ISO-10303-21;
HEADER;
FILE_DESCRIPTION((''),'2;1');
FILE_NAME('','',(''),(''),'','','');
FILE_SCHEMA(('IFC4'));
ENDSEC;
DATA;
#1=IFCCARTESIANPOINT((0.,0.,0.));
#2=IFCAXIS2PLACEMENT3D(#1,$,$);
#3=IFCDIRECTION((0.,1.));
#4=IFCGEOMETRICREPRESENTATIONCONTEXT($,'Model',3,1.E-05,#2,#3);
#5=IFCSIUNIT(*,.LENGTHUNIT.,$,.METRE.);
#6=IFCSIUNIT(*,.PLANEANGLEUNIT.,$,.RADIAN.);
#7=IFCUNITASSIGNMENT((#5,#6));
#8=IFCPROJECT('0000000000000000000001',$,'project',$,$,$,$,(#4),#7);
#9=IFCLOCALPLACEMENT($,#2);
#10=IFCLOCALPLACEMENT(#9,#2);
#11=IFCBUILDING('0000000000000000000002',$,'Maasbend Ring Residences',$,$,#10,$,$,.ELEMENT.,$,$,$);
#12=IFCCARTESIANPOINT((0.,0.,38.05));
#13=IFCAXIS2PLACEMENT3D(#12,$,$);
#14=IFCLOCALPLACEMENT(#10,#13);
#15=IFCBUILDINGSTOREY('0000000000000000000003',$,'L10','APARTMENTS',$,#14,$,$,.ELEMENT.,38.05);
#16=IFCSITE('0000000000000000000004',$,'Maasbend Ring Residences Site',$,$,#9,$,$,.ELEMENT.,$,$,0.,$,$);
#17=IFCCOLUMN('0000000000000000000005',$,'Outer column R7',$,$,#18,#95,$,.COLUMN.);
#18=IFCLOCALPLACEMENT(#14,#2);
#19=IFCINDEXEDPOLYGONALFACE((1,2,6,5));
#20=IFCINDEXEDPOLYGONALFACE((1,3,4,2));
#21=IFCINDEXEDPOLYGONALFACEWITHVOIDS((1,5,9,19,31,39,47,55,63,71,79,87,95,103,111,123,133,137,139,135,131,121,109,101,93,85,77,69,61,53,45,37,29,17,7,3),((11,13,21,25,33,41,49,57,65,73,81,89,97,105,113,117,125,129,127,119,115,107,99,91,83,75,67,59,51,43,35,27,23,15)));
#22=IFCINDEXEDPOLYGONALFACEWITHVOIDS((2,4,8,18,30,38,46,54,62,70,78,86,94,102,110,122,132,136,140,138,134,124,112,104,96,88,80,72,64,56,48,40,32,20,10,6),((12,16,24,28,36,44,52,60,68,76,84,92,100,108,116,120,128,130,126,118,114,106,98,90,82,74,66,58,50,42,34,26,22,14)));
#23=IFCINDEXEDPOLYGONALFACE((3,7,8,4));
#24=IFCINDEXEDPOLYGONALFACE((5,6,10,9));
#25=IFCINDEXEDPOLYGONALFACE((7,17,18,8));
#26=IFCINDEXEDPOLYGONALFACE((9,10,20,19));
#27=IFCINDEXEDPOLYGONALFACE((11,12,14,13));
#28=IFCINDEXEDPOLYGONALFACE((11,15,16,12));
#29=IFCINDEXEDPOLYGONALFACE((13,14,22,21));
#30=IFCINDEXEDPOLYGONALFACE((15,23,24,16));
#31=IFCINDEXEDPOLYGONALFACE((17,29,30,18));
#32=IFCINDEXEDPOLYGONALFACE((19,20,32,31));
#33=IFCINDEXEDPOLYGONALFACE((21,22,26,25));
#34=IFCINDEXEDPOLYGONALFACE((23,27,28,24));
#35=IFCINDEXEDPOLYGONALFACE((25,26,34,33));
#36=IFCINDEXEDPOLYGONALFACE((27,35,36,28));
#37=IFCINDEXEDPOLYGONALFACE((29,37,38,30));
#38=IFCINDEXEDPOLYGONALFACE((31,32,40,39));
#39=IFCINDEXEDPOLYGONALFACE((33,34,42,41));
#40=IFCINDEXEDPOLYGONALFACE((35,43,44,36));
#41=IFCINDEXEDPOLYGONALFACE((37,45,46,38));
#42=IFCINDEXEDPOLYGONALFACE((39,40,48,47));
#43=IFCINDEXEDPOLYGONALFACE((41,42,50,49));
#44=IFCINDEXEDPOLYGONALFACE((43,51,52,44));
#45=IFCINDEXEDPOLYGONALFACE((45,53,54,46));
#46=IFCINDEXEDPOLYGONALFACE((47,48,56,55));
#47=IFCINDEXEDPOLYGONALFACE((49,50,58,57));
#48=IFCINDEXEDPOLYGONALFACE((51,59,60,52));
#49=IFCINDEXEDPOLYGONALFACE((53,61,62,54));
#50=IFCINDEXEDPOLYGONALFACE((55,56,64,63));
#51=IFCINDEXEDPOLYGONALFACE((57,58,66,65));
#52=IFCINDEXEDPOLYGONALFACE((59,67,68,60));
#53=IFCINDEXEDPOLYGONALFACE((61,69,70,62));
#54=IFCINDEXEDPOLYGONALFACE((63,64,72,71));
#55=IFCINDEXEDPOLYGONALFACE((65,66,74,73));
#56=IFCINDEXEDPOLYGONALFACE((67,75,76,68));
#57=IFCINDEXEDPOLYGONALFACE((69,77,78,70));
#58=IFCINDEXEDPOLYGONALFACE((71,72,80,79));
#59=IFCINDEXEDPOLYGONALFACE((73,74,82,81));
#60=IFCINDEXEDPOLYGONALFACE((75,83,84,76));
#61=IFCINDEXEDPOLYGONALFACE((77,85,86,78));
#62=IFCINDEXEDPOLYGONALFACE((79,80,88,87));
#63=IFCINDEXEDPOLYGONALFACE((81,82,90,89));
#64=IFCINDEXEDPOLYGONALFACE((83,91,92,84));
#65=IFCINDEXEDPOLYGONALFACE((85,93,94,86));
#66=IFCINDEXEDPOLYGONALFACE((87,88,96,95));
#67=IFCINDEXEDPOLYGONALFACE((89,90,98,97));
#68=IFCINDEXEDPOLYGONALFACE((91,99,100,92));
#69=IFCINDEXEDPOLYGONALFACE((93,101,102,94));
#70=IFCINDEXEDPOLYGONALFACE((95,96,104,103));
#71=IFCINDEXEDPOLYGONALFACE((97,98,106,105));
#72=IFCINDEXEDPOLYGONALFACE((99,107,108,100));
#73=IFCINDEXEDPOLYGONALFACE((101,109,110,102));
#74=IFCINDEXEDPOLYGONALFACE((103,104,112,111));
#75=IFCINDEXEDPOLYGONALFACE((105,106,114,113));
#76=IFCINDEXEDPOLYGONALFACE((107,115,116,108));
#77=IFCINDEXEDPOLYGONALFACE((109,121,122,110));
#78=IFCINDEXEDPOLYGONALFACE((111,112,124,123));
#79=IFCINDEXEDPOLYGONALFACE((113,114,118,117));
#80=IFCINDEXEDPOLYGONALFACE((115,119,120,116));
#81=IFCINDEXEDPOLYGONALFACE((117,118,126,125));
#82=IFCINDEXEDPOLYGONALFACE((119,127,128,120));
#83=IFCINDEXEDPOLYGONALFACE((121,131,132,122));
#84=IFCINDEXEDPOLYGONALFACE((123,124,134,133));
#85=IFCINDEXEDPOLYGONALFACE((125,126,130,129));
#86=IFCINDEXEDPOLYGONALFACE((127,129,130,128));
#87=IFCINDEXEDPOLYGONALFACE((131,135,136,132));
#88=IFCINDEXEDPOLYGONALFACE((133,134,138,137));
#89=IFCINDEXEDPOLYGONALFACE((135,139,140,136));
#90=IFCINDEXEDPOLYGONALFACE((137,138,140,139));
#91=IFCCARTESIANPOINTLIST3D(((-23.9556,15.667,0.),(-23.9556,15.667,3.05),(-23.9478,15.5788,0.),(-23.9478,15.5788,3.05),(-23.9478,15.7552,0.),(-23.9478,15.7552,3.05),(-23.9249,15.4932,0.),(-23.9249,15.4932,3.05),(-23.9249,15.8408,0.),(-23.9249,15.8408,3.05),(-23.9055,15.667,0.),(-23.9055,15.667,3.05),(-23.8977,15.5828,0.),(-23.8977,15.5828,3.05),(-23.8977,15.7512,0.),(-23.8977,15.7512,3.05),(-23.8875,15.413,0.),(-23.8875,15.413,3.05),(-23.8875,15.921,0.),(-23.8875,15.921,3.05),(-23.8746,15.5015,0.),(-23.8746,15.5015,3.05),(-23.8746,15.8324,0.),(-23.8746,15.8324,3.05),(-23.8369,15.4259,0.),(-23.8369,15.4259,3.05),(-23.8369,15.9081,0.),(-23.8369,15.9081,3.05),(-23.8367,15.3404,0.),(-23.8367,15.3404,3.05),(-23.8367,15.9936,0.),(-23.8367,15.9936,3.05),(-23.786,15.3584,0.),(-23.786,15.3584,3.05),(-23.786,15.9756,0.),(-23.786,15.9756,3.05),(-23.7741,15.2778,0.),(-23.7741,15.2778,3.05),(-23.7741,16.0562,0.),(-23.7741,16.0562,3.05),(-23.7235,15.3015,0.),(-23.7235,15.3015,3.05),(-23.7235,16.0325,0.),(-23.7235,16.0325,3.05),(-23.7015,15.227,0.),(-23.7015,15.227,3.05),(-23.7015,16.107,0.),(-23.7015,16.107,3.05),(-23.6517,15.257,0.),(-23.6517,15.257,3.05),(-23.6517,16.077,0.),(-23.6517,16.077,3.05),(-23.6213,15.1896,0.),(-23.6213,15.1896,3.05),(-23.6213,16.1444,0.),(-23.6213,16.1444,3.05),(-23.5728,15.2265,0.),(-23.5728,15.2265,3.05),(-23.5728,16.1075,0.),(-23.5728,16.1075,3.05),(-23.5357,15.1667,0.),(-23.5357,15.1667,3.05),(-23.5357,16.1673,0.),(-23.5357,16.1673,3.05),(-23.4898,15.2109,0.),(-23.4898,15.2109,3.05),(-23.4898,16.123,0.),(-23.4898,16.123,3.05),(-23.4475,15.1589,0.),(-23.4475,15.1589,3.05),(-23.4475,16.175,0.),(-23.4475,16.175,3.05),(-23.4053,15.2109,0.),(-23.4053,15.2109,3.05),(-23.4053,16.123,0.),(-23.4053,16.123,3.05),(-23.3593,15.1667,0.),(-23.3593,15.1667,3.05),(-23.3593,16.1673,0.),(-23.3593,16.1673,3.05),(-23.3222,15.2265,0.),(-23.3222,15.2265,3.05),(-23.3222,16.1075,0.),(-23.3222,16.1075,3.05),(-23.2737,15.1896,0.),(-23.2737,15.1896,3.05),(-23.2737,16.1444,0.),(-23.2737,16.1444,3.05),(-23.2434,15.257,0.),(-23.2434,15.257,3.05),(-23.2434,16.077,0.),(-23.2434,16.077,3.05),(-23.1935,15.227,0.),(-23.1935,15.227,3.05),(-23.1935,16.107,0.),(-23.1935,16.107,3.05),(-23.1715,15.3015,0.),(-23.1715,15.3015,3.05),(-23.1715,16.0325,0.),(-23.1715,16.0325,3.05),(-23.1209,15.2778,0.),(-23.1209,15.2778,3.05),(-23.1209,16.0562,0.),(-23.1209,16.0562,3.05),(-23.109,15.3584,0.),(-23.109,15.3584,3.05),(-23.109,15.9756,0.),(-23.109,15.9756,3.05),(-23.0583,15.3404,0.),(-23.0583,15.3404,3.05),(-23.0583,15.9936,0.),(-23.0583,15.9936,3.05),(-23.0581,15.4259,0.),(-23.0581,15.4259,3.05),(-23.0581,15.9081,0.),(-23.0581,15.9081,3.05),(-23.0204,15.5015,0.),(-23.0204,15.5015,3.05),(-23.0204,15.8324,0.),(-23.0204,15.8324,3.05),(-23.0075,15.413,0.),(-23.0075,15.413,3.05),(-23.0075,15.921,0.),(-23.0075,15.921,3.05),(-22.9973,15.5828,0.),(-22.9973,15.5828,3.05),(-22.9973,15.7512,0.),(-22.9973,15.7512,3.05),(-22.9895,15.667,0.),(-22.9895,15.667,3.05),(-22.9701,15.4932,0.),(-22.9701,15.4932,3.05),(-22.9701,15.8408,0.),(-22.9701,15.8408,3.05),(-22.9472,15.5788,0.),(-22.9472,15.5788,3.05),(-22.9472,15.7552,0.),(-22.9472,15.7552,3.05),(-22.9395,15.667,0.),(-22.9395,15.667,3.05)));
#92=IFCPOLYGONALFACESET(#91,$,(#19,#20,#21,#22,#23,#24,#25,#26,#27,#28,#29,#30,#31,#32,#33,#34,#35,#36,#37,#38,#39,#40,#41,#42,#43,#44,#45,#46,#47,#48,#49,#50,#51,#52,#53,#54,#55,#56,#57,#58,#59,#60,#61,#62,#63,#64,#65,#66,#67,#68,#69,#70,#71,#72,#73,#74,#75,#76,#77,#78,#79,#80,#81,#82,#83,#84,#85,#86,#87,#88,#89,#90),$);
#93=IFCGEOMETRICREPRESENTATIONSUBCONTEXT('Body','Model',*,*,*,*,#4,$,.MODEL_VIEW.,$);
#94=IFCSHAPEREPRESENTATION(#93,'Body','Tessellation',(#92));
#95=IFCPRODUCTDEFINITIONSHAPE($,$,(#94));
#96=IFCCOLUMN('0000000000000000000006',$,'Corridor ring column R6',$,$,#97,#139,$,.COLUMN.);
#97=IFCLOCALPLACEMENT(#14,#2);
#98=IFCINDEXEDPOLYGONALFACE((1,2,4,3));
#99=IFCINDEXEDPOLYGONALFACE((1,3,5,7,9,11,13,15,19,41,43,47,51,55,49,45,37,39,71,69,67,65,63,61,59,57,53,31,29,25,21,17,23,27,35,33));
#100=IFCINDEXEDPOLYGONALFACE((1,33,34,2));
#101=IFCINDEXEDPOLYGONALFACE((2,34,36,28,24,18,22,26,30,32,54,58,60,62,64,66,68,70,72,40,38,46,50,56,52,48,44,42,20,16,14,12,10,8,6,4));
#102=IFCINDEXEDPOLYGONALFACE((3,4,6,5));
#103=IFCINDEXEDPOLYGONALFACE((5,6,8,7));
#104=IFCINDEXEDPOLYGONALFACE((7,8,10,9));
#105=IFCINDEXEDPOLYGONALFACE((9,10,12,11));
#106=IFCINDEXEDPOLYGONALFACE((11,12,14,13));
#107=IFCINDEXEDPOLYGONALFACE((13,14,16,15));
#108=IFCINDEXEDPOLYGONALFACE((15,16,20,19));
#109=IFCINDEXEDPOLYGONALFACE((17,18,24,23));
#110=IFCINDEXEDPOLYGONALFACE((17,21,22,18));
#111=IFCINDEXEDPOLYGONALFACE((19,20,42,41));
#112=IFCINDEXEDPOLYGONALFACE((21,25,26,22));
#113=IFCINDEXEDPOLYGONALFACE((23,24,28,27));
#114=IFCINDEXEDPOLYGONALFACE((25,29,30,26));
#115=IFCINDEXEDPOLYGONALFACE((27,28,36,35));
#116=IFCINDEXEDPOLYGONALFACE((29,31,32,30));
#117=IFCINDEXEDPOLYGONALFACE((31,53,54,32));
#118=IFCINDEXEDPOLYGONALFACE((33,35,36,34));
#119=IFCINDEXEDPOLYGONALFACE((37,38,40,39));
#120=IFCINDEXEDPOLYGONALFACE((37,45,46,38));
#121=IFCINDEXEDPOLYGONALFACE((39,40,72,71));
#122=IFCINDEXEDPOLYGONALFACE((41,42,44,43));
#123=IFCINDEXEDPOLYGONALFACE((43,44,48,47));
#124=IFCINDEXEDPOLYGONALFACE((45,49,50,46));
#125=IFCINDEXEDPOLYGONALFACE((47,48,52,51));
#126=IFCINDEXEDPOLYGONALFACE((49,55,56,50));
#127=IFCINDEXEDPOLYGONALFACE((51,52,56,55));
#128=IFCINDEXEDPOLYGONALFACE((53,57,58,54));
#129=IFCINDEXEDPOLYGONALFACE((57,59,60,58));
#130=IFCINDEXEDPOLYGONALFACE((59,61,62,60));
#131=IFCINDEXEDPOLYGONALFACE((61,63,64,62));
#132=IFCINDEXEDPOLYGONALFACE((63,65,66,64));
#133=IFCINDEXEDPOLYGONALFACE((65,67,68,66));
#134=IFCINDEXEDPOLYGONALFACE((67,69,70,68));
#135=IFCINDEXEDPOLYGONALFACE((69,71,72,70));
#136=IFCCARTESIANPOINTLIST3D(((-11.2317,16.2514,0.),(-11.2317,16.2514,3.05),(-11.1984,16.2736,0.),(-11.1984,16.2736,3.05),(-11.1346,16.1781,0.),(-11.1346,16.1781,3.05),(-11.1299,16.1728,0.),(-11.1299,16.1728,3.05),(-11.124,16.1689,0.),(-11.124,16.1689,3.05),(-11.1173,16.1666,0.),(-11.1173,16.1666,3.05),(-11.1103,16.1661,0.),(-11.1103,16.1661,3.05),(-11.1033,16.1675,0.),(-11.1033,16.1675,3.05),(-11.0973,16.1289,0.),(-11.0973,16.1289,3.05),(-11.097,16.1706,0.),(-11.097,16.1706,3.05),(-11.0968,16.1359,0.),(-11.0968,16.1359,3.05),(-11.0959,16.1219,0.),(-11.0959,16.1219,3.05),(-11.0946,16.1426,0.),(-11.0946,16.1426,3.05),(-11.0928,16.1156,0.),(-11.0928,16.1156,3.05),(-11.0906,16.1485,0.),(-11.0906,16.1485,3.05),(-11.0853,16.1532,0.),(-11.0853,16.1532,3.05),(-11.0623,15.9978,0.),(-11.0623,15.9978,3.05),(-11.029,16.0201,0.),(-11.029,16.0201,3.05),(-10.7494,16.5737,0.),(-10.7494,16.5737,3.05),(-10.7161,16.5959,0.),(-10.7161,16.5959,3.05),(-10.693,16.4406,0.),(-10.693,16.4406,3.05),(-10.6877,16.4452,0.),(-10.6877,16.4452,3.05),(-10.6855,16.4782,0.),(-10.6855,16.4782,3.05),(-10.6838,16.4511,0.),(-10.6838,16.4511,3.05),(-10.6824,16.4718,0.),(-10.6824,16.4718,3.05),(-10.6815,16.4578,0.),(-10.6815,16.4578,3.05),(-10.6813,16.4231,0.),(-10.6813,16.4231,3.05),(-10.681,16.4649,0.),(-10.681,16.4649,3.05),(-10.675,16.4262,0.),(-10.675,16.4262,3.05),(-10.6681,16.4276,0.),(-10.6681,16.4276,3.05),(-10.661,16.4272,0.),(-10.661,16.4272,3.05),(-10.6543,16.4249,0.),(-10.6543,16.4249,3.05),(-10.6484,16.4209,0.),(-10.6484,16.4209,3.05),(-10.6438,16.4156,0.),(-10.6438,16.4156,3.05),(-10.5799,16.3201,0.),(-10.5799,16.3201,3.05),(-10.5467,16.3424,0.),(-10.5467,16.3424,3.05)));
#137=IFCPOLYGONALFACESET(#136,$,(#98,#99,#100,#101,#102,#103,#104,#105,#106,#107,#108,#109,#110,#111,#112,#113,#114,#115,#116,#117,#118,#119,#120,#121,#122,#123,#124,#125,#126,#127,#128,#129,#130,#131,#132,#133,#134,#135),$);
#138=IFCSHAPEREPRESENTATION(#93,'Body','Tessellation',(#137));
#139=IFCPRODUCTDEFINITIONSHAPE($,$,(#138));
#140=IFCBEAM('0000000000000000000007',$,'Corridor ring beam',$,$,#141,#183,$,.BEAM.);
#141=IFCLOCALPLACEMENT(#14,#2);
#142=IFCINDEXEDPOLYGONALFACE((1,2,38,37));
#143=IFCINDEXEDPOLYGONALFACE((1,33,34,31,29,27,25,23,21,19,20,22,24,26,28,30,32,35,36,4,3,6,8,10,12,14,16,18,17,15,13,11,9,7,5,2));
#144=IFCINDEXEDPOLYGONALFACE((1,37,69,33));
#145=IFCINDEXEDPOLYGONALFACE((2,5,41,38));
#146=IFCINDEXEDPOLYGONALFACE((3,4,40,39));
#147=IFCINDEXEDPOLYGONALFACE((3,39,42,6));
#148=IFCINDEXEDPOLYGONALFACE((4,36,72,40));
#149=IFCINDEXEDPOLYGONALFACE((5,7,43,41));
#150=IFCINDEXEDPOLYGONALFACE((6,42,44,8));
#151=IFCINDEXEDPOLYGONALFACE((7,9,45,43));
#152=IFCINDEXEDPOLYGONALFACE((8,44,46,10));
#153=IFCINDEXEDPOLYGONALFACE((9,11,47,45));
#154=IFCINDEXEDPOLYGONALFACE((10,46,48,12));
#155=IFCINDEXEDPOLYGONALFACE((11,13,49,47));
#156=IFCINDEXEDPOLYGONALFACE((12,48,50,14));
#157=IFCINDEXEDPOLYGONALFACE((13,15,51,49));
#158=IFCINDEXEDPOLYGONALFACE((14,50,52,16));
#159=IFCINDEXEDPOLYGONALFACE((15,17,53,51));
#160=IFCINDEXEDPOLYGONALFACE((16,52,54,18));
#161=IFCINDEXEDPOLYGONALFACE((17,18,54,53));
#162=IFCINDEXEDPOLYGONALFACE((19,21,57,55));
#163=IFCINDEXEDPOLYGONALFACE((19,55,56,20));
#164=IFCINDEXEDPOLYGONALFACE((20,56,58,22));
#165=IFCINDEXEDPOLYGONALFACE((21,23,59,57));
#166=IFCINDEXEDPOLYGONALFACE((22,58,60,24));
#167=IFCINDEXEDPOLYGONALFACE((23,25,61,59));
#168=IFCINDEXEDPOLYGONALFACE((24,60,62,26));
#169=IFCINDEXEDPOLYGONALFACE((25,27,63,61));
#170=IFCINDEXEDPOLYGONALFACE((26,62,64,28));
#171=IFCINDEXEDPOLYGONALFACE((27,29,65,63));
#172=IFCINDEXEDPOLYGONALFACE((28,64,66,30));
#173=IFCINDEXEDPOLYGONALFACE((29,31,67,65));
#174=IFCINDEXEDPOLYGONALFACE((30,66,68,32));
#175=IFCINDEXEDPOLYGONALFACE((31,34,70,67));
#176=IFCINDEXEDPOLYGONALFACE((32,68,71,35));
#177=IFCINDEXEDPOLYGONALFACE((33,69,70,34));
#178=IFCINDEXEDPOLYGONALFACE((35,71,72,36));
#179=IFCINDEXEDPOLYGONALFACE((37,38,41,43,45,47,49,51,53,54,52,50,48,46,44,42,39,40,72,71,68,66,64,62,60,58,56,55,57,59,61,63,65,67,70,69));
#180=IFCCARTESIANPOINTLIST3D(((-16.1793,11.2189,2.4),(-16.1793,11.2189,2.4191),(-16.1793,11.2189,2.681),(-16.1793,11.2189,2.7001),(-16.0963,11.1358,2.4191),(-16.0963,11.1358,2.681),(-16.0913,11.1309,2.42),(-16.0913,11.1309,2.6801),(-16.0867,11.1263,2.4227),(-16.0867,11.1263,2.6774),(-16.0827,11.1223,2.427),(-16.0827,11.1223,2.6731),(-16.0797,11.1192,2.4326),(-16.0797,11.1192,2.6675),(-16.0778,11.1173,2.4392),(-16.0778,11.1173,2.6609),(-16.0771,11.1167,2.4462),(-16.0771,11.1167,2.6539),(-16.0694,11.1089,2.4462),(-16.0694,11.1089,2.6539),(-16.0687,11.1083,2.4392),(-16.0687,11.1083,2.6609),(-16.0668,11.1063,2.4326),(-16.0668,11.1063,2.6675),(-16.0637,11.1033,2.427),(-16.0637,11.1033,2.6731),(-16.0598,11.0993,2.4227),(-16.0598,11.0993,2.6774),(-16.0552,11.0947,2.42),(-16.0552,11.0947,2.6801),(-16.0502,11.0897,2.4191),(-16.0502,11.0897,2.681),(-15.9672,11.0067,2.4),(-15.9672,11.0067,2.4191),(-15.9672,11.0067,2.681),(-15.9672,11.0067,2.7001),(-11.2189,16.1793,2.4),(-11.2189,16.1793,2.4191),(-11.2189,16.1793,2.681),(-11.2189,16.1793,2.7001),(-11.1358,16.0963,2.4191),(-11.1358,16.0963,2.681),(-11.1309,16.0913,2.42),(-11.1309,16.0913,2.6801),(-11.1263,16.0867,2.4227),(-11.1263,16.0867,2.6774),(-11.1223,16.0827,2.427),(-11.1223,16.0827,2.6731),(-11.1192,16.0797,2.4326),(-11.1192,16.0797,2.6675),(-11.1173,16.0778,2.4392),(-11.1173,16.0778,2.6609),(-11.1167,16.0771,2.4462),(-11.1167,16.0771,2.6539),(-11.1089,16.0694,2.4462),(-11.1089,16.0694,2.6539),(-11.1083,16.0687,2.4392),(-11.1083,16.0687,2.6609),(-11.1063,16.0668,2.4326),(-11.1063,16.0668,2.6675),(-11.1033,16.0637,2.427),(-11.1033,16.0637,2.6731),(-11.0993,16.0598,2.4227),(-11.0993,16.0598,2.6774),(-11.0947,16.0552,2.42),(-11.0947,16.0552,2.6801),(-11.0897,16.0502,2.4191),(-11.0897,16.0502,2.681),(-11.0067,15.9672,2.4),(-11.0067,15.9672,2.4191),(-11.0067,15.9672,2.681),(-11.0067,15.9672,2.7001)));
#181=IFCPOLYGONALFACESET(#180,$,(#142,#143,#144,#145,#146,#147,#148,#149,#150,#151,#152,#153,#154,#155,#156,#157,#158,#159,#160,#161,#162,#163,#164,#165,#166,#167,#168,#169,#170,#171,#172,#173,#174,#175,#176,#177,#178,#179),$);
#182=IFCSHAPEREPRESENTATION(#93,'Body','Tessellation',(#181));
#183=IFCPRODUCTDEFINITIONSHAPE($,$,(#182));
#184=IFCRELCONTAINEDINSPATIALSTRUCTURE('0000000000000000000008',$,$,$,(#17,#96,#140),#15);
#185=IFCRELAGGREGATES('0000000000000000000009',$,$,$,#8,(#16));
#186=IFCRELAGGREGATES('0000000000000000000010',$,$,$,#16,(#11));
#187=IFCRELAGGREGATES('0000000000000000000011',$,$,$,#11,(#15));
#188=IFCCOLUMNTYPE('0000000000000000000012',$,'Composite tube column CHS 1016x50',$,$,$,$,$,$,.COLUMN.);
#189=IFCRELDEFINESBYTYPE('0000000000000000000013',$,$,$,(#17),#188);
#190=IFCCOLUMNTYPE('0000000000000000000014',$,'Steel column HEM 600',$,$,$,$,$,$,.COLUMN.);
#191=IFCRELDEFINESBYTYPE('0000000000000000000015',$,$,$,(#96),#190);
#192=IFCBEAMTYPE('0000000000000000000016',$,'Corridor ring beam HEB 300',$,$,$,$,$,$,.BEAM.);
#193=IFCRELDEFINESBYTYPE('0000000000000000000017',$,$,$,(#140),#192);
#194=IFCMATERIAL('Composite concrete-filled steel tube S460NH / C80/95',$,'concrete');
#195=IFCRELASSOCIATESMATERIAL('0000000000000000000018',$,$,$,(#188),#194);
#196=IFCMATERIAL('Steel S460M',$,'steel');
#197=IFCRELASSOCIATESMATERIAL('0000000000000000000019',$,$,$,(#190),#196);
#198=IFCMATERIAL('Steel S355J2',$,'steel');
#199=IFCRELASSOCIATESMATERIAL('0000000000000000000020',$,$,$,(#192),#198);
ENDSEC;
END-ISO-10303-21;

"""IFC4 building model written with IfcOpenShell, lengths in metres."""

from ifc_helpers import new_model, si_unit, direction, frame, origin, origin_2d, place, context, subcontext, project, spatial, hollow_circle, i_section, extrude, material, material_profile, profile_set, type_object, element, save


model = new_model("IFC4")

# Units and contexts
model_context = context("Model", 3, precision=1e-05, world=origin(), true_north=direction((0.0, 1.0)))
body_context = subcontext(model_context, "Body", "Model", "MODEL_VIEW")
ifc_project = project(units=[si_unit("LENGTHUNIT", "METRE"), si_unit("PLANEANGLEUNIT", "RADIAN")], contexts=[model_context])

# Site, building, storey
site_placement = place(None, origin())
site = spatial("IfcSite", under=ifc_project, at=site_placement, Name="Maasbend Ring Residences Site", CompositionType="ELEMENT", RefElevation=0.0)
building_placement = place(site_placement, origin())
building = spatial("IfcBuilding", under=site, at=building_placement, Name="Maasbend Ring Residences", CompositionType="ELEMENT")
storey_placement = place(building_placement, frame((0.0, 0.0, 38.05)))
storey = spatial("IfcBuildingStorey", under=building, at=storey_placement, Name="L10", Description="APARTMENTS", CompositionType="ELEMENT", Elevation=38.05)

# Columns
ifc_material_1 = material(Name="Composite concrete-filled steel tube S460NH / C80/95", Category="concrete")
ifc_material_profile_1 = material_profile(ifc_material_1, hollow_circle(Radius=0.5081, WallThickness=0.05, at=origin_2d()), Name="Composite tube column CHS 1016x50")
ifc_profile_set_1 = profile_set([ifc_material_profile_1], Name="Composite concrete-filled steel tube S460NH / C80/95")
column_type_1 = type_object("IfcColumnType", Name="Composite tube column CHS 1016x50", PredefinedType="COLUMN", material=ifc_profile_set_1)
column_1_placement = place(storey_placement, frame((-23.4475, 15.667, 0.0), z_axis=(0.0, 0.0, 1.0), x_axis=(1.0, 0.0, 0.0)))
element("IfcColumn", 1, at=column_1_placement, inside=storey, type_object=column_type_1, Name="Outer column R7", PredefinedType="COLUMN", context=body_context, shape_type="SweptSolid", body=[
    extrude(hollow_circle(Radius=0.5081, WallThickness=0.05, at=origin_2d()), origin(), (0.0, 0.0, 1.0), 3.05),
])
ifc_material_2 = material(Name="Steel S460M", Category="steel")
ifc_material_profile_2 = material_profile(ifc_material_2, i_section(OverallWidth=0.3049, OverallDepth=0.6201, WebThickness=0.021, FlangeThickness=0.04, FilletRadius=0.0271, at=origin_2d()), Name="HEM 600")
ifc_profile_set_2 = profile_set([ifc_material_profile_2], Name="Steel S460M")
column_type_2 = type_object("IfcColumnType", Name="Steel column HEM 600", PredefinedType="COLUMN", material=ifc_profile_set_2)
column_2_placement = place(storey_placement, frame((-10.8892, 16.2969, 0.0), z_axis=(0.0, 0.0, 1.0), x_axis=(-0.55557, 0.83147, 0.0)))
element("IfcColumn", 2, at=column_2_placement, inside=storey, type_object=column_type_2, Name="Corridor ring column R6", PredefinedType="COLUMN", context=body_context, shape_type="SweptSolid", body=[
    extrude(i_section(OverallWidth=0.3049, OverallDepth=0.6201, WebThickness=0.021, FlangeThickness=0.04, FilletRadius=0.0271, at=origin_2d()), origin(), (0.0, 0.0, 1.0), 3.05),
])

# Beam
ifc_material_3 = material(Name="Steel S355J2", Category="steel")
ifc_material_profile_3 = material_profile(ifc_material_3, i_section(OverallWidth=0.3, OverallDepth=0.3, WebThickness=0.011, FlangeThickness=0.019, FilletRadius=0.0271, at=origin_2d()), Name="HEB 300")
ifc_profile_set_3 = profile_set([ifc_material_profile_3], Name="Steel S355J2")
beam_type = type_object("IfcBeamType", Name="Corridor ring beam HEB 300", PredefinedType="BEAM", material=ifc_profile_set_3)
beam_placement = place(storey_placement, frame((-11.1128, 16.0732, 2.55), z_axis=(-0.707107, -0.707107, 0.0), x_axis=(0.707107, -0.707107, 0.0)))
element("IfcBeam", 3, at=beam_placement, inside=storey, type_object=beam_type, Name="Corridor ring beam", PredefinedType="BEAM", context=body_context, shape_type="SweptSolid", body=[
    extrude(i_section(OverallWidth=0.3, OverallDepth=0.3, WebThickness=0.011, FlangeThickness=0.019, FilletRadius=0.0271, at=origin_2d()), origin(), (0.0, 0.0, 1.0), 7.0151),
])

save(model, "model.ifc")
